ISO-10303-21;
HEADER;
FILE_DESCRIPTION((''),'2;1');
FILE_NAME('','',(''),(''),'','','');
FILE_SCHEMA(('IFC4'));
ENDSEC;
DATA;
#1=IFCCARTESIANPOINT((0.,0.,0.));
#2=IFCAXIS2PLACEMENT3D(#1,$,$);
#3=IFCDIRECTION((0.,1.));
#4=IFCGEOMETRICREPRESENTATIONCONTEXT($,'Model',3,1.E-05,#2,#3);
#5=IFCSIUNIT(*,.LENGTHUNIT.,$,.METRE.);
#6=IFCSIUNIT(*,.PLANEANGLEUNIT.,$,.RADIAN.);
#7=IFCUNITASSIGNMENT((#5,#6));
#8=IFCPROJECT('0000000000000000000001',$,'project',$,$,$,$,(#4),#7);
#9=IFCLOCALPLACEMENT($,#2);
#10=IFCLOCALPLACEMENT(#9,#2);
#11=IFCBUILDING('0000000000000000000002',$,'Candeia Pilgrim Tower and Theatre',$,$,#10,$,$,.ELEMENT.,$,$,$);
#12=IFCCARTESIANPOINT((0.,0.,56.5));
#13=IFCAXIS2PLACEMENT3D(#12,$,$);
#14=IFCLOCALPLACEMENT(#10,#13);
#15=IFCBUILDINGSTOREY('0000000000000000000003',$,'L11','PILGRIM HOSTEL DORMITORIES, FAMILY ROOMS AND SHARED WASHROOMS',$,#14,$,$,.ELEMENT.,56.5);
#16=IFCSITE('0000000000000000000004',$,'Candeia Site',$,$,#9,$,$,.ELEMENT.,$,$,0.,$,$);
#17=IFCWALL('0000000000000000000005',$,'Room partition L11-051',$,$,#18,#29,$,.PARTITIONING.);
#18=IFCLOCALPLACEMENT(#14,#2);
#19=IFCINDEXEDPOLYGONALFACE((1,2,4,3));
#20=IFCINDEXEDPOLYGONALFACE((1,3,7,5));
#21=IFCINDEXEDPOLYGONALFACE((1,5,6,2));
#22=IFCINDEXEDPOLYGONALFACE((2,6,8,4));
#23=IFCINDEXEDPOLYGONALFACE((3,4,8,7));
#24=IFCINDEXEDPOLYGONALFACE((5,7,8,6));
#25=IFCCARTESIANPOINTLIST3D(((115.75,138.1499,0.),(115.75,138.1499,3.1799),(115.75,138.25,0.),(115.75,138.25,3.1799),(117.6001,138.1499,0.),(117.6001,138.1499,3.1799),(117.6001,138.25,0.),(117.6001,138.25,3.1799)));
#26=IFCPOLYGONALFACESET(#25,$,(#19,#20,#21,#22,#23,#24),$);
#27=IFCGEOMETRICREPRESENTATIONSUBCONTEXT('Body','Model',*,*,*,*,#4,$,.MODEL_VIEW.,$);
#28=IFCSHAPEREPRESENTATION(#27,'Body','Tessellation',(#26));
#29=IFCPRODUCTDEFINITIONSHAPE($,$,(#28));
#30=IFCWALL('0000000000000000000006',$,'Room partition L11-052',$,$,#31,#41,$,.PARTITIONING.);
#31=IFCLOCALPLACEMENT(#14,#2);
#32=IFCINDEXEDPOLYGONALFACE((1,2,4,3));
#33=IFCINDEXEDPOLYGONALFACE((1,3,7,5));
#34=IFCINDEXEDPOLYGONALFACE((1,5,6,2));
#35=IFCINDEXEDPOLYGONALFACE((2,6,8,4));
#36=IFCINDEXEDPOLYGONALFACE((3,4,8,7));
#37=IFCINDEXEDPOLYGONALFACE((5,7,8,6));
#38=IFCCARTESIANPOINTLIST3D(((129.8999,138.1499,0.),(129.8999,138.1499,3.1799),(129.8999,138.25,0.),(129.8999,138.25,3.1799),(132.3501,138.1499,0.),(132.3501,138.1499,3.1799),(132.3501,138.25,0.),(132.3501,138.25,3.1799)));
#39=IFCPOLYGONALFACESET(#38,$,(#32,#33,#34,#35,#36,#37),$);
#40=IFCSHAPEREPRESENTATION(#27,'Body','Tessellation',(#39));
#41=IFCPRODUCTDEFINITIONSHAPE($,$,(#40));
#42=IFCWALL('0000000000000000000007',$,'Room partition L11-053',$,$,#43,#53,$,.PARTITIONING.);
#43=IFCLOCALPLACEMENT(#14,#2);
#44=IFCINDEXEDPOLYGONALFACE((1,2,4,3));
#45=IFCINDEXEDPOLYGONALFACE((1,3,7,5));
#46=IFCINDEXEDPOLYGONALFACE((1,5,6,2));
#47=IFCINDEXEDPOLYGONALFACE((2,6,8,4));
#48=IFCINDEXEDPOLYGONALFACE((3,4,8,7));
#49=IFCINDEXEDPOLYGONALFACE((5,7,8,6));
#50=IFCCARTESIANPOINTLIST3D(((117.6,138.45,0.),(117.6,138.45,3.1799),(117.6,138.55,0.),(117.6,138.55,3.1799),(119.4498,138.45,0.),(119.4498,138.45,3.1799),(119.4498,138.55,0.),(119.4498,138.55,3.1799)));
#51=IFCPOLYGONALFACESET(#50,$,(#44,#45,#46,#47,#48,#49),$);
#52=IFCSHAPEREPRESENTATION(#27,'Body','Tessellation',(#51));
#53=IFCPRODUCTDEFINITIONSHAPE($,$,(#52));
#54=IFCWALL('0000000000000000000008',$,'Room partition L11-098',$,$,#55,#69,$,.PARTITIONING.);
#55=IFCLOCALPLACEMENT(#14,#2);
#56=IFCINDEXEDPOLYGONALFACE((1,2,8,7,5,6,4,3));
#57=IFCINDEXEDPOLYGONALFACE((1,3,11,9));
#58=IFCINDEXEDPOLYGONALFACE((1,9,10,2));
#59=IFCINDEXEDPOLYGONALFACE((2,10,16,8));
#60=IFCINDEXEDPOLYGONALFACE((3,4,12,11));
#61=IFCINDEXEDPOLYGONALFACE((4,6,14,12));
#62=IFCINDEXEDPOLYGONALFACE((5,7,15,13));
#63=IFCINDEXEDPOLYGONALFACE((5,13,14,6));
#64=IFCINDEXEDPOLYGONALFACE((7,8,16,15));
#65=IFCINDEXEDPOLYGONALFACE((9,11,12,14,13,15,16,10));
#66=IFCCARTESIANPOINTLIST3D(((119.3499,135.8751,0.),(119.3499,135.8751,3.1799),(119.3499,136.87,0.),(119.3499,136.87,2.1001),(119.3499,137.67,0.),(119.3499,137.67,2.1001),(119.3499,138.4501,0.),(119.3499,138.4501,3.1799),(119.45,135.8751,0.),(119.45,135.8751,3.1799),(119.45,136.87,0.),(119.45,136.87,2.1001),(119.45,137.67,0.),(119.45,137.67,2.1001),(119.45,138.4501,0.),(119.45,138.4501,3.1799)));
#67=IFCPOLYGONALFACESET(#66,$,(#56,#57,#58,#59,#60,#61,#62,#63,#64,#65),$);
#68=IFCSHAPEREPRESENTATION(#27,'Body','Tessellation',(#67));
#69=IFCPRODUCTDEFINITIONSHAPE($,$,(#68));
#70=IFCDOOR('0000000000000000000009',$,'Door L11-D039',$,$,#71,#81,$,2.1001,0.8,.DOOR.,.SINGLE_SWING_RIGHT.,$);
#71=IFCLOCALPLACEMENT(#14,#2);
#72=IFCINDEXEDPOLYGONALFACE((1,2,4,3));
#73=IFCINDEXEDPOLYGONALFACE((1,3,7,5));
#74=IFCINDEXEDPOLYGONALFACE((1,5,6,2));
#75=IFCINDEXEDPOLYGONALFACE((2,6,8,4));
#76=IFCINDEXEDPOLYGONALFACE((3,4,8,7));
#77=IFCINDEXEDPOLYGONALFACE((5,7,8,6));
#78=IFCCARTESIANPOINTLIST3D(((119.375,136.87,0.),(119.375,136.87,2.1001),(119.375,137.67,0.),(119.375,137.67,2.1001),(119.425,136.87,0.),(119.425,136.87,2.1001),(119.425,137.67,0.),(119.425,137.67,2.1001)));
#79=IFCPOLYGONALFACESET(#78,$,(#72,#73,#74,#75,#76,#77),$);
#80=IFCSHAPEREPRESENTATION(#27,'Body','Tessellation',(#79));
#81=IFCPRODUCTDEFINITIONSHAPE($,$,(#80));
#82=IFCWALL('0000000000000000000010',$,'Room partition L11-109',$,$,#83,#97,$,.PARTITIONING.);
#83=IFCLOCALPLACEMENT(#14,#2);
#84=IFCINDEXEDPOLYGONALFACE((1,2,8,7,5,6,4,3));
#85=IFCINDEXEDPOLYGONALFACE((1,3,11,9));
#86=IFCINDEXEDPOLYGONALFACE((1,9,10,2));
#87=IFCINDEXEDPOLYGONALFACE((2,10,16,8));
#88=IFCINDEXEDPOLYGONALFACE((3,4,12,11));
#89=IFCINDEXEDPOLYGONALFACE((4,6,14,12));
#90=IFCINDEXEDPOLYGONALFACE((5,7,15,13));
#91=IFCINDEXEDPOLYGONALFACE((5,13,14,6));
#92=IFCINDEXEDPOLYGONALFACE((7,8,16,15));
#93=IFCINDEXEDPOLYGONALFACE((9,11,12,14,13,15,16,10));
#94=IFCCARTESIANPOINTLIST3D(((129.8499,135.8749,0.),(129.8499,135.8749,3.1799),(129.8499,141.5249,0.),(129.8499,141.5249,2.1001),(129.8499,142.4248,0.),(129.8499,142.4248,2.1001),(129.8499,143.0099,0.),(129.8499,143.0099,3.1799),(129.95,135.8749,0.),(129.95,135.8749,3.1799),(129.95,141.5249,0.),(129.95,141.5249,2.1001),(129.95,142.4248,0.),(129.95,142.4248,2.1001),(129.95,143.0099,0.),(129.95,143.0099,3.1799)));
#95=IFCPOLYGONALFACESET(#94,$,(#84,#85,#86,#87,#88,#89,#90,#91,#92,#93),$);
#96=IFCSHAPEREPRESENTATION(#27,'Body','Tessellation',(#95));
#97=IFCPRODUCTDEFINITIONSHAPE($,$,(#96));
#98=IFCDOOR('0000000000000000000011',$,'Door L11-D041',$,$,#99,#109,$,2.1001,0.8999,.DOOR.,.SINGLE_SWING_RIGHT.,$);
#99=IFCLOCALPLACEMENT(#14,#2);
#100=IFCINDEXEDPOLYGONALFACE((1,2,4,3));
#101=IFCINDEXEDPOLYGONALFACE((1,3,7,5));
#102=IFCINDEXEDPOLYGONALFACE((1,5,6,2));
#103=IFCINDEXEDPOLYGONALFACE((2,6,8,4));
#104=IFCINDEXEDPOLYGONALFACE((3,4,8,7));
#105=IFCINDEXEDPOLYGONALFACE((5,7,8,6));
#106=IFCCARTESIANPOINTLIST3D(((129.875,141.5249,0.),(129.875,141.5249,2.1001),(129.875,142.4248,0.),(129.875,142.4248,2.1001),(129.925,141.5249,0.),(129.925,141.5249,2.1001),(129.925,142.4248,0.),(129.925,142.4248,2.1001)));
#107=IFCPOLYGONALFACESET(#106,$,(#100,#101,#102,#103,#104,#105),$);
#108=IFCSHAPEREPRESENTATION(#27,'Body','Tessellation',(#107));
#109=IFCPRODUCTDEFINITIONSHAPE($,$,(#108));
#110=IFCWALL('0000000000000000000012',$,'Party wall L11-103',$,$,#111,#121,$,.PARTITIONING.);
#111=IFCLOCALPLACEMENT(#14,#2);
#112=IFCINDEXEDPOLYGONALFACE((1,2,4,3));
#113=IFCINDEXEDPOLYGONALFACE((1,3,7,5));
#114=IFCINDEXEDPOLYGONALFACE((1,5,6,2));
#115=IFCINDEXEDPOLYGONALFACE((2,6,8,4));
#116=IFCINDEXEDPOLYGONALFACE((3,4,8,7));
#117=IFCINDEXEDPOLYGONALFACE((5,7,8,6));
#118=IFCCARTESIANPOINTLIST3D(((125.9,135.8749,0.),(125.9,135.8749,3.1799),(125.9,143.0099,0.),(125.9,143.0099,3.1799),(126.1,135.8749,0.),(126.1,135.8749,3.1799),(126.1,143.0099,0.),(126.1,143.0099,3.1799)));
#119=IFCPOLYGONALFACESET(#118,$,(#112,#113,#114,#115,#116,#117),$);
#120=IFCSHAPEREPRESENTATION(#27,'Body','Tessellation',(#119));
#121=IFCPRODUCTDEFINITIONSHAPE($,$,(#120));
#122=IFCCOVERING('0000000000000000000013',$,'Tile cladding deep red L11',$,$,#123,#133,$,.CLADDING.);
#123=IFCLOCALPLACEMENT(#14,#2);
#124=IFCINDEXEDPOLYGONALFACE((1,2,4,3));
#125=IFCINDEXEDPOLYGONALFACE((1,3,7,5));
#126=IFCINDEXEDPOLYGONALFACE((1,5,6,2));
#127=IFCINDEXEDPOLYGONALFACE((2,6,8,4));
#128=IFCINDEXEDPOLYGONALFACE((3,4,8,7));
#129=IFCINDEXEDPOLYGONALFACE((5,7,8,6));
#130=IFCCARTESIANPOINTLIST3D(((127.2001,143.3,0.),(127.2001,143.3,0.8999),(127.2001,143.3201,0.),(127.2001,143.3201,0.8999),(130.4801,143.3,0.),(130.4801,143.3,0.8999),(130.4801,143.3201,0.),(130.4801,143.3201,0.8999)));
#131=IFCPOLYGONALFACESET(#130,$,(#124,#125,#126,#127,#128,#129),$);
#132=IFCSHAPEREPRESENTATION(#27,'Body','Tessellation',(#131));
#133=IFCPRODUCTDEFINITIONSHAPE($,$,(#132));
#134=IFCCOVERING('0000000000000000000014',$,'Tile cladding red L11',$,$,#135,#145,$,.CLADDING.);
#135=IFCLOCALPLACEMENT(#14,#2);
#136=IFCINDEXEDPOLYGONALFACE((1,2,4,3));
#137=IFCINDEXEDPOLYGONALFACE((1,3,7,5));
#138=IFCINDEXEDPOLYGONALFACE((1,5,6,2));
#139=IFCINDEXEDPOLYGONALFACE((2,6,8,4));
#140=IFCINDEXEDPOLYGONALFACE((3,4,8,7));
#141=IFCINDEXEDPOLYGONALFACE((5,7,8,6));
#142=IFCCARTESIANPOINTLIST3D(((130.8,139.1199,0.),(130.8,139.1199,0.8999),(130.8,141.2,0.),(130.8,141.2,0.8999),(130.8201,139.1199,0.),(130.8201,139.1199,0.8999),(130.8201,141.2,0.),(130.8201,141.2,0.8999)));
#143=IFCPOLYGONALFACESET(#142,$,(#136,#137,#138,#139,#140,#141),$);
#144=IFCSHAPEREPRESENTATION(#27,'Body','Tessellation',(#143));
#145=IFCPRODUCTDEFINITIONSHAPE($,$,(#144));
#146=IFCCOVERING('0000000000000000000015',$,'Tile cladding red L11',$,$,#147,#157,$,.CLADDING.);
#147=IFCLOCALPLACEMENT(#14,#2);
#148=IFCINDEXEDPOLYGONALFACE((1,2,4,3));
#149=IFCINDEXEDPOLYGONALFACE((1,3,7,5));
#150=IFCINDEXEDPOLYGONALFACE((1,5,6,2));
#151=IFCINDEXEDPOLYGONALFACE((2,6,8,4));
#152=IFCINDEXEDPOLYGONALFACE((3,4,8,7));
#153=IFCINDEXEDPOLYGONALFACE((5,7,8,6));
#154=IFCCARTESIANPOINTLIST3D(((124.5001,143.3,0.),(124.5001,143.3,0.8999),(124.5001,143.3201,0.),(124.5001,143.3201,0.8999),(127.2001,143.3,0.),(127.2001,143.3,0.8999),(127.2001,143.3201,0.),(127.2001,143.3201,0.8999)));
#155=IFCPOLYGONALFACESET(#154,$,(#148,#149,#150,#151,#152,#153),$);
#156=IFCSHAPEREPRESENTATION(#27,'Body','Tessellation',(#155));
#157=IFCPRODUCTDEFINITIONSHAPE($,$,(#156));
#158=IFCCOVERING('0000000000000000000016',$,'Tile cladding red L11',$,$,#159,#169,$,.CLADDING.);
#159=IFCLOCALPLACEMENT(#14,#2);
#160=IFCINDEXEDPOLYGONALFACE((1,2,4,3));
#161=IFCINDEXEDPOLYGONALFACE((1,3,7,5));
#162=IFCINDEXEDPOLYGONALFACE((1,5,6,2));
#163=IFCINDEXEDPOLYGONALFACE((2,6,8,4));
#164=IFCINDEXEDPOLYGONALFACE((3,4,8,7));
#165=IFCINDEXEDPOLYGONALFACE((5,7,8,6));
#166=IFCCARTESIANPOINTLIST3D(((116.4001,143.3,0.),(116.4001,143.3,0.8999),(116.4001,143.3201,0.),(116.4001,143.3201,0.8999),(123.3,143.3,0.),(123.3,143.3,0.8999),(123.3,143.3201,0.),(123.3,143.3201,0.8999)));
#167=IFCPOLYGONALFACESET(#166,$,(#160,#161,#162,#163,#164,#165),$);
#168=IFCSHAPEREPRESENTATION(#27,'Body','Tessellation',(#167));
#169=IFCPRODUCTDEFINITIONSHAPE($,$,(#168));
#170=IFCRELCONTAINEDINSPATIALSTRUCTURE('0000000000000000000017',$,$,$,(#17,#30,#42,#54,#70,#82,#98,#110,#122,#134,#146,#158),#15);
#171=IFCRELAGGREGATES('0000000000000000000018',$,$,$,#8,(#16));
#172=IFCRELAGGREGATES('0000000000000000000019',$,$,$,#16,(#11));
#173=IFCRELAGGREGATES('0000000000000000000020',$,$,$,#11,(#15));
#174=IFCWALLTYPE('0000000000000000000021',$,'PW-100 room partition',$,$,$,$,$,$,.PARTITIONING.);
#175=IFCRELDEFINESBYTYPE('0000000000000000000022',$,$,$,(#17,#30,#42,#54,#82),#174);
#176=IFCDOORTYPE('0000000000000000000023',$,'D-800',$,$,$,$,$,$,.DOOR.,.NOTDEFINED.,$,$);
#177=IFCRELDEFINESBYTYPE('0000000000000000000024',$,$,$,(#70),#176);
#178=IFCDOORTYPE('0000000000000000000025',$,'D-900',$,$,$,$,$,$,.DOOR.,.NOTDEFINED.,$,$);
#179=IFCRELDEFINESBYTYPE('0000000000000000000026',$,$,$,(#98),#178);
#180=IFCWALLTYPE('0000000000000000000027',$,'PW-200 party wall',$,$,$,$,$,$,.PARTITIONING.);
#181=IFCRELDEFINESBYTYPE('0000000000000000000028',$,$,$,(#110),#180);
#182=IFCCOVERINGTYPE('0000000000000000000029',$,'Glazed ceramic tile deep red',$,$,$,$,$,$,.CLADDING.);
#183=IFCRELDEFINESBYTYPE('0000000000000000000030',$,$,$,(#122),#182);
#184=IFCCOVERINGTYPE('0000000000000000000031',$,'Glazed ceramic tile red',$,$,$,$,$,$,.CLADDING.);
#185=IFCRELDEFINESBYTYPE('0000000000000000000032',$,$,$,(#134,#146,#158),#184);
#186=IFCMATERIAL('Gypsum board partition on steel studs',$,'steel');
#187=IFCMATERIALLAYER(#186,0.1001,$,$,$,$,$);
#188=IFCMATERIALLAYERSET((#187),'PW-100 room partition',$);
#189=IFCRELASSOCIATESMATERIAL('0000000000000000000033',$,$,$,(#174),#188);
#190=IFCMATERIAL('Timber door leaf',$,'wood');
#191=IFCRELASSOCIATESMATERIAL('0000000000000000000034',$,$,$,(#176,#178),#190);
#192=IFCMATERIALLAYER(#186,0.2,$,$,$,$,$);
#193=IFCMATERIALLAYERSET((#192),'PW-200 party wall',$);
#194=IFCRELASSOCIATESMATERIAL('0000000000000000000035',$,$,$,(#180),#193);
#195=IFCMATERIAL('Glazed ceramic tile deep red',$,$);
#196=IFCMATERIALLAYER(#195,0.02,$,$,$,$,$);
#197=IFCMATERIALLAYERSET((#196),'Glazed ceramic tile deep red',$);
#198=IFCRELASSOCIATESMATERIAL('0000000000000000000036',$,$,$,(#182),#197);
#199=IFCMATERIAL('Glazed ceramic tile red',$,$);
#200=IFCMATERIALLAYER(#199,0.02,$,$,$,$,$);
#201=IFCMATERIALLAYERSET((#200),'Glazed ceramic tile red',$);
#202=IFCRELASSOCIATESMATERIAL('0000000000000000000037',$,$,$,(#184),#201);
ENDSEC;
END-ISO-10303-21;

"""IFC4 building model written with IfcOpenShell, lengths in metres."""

from ifc_helpers import new_model, si_unit, direction, frame, frame_2d, origin, origin_2d, place, context, subcontext, project, spatial, rectangle, extrude, material, layer, layer_set, type_object, element, fill, save


model = new_model("IFC4")

# Units and contexts
model_context = context("Model", 3, precision=1e-05, world=origin(), true_north=direction((0.0, 1.0)))
body_context = subcontext(model_context, "Body", "Model", "MODEL_VIEW")
ifc_project = project(units=[si_unit("LENGTHUNIT", "METRE"), si_unit("PLANEANGLEUNIT", "RADIAN")], contexts=[model_context])

# Site, building, storey
site_placement = place(None, origin())
site = spatial("IfcSite", under=ifc_project, at=site_placement, Name="Candeia Site", CompositionType="ELEMENT", RefElevation=0.0)
building_placement = place(site_placement, origin())
building = spatial("IfcBuilding", under=site, at=building_placement, Name="Candeia Pilgrim Tower and Theatre", CompositionType="ELEMENT")
storey_placement = place(building_placement, frame((0.0, 0.0, 56.5)))
storey = spatial("IfcBuildingStorey", under=building, at=storey_placement, Name="L11", Description="PILGRIM HOSTEL DORMITORIES, FAMILY ROOMS AND SHARED WASHROOMS", CompositionType="ELEMENT", Elevation=56.5)

# Walls
ifc_material_1 = material(Name="Gypsum board partition on steel studs", Category="steel")
ifc_layer_1 = layer(ifc_material_1, 0.1001)
ifc_layer_set_1 = layer_set([ifc_layer_1], Name="PW-100 room partition")
wall_type_1 = type_object("IfcWallType", Name="PW-100 room partition", PredefinedType="PARTITIONING", material=ifc_layer_set_1)
wall_1_placement = place(storey_placement, frame((115.75, 138.2, 0.0), z_axis=(0.0, 0.0, 1.0), x_axis=(1.0, 0.0, 0.0)))
element("IfcWall", 1, at=wall_1_placement, inside=storey, type_object=wall_type_1, Name="Room partition L11-051", PredefinedType="PARTITIONING", context=body_context, shape_type="SweptSolid", body=[
    extrude(rectangle(XDim=1.8501, YDim=0.1001, at=frame_2d((0.925, 0.0))), origin(), (0.0, 0.0, 1.0), 3.1799),
])
wall_2_placement = place(storey_placement, frame((129.8999, 138.2, 0.0), z_axis=(0.0, 0.0, 1.0), x_axis=(1.0, 0.0, 0.0)))
element("IfcWall", 2, at=wall_2_placement, inside=storey, type_object=wall_type_1, Name="Room partition L11-052", PredefinedType="PARTITIONING", context=body_context, shape_type="SweptSolid", body=[
    extrude(rectangle(XDim=2.4502, YDim=0.1001, at=frame_2d((1.2251, 0.0))), origin(), (0.0, 0.0, 1.0), 3.1799),
])
wall_3_placement = place(storey_placement, frame((117.6001, 138.5, 0.0), z_axis=(0.0, 0.0, 1.0), x_axis=(1.0, 0.0, 0.0)))
element("IfcWall", 3, at=wall_3_placement, inside=storey, type_object=wall_type_1, Name="Room partition L11-053", PredefinedType="PARTITIONING", context=body_context, shape_type="SweptSolid", body=[
    extrude(rectangle(XDim=1.8499, YDim=0.1001, at=frame_2d((0.9248, 0.0))), origin(), (0.0, 0.0, 1.0), 3.1799),
])

# Walls, openings, doors
wall_4_placement = place(storey_placement, frame((119.3999, 135.875, 0.0), z_axis=(0.0, 0.0, 1.0), x_axis=(0.0, 1.0, 0.0)))
wall_4 = element("IfcWall", 4, at=wall_4_placement, inside=storey, type_object=wall_type_1, Name="Room partition L11-098", PredefinedType="PARTITIONING", context=body_context, shape_type="SweptSolid", body=[
    extrude(rectangle(XDim=2.575, YDim=0.1001, at=frame_2d((1.2876, 0.0))), origin(), (0.0, 0.0, 1.0), 3.1799),
])
opening_1_placement = place(wall_4_placement, frame((0.9951, 0.0, 0.0)))
opening_1 = element("IfcOpeningElement", 5, at=opening_1_placement, cuts=wall_4, PredefinedType="OPENING", context=body_context, shape_type="SweptSolid", body=[
    extrude(rectangle(XDim=0.8, YDim=2.1001, at=frame_2d((0.3999, 1.05))), frame((0.0, 0.0601, 0.0), z_axis=(0.0, -1.0, 0.0), x_axis=(1.0, 0.0, 0.0)), (0.0, 0.0, 1.0), 0.1201),
])
ifc_material_2 = material(Name="Timber door leaf", Category="wood")
door_type_1 = type_object("IfcDoorType", Name="D-800", OperationType="NOTDEFINED", PredefinedType="DOOR", material=ifc_material_2)
door_1_placement = place(opening_1_placement, origin())
door_1 = element("IfcDoor", 6, at=door_1_placement, inside=storey, type_object=door_type_1, Name="Door L11-D039", OperationType="SINGLE_SWING_RIGHT", OverallHeight=2.1001, OverallWidth=0.8, PredefinedType="DOOR", context=body_context, shape_type="SweptSolid", body=[
    extrude(rectangle(XDim=0.8, YDim=2.1001, at=frame_2d((0.3999, 1.05))), frame((0.0, 0.0249, 0.0), z_axis=(0.0, -1.0, 0.0), x_axis=(1.0, 0.0, 0.0)), (0.0, 0.0, 1.0), 0.05),
])
fill(opening_1, door_1)
wall_5_placement = place(storey_placement, frame((129.8999, 135.875, 0.0), z_axis=(0.0, 0.0, 1.0), x_axis=(0.0, 1.0, 0.0)))
wall_5 = element("IfcWall", 7, at=wall_5_placement, inside=storey, type_object=wall_type_1, Name="Room partition L11-109", PredefinedType="PARTITIONING", context=body_context, shape_type="SweptSolid", body=[
    extrude(rectangle(XDim=7.135, YDim=0.1001, at=frame_2d((3.5674, 0.0))), origin(), (0.0, 0.0, 1.0), 3.1799),
])
opening_2_placement = place(wall_5_placement, frame((5.6499, 0.0, 0.0)))
opening_2 = element("IfcOpeningElement", 8, at=opening_2_placement, cuts=wall_5, PredefinedType="OPENING", context=body_context, shape_type="SweptSolid", body=[
    extrude(rectangle(XDim=0.8999, YDim=2.1001, at=frame_2d((0.45, 1.05))), frame((0.0, 0.0601, 0.0), z_axis=(0.0, -1.0, 0.0), x_axis=(1.0, 0.0, 0.0)), (0.0, 0.0, 1.0), 0.1201),
])
door_type_2 = type_object("IfcDoorType", Name="D-900", OperationType="NOTDEFINED", PredefinedType="DOOR", material=ifc_material_2)
door_2_placement = place(opening_2_placement, origin())
door_2 = element("IfcDoor", 9, at=door_2_placement, inside=storey, type_object=door_type_2, Name="Door L11-D041", OperationType="SINGLE_SWING_RIGHT", OverallHeight=2.1001, OverallWidth=0.8999, PredefinedType="DOOR", context=body_context, shape_type="SweptSolid", body=[
    extrude(rectangle(XDim=0.8999, YDim=2.1001, at=frame_2d((0.45, 1.05))), frame((0.0, 0.0249, 0.0), z_axis=(0.0, -1.0, 0.0), x_axis=(1.0, 0.0, 0.0)), (0.0, 0.0, 1.0), 0.05),
])
fill(opening_2, door_2)

# Wall
ifc_layer_2 = layer(ifc_material_1, 0.2)
ifc_layer_set_2 = layer_set([ifc_layer_2], Name="PW-200 party wall")
wall_type_2 = type_object("IfcWallType", Name="PW-200 party wall", PredefinedType="PARTITIONING", material=ifc_layer_set_2)
wall_6_placement = place(storey_placement, frame((126.0, 135.875, 0.0), z_axis=(0.0, 0.0, 1.0), x_axis=(0.0, 1.0, 0.0)))
element("IfcWall", 10, at=wall_6_placement, inside=storey, type_object=wall_type_2, Name="Party wall L11-103", PredefinedType="PARTITIONING", context=body_context, shape_type="SweptSolid", body=[
    extrude(rectangle(XDim=7.135, YDim=0.2, at=frame_2d((3.5674, 0.0))), origin(), (0.0, 0.0, 1.0), 3.1799),
])

# Coverings
ifc_material_3 = material(Name="Glazed ceramic tile deep red")
ifc_layer_3 = layer(ifc_material_3, 0.02)
ifc_layer_set_3 = layer_set([ifc_layer_3], Name="Glazed ceramic tile deep red")
covering_type_1 = type_object("IfcCoveringType", Name="Glazed ceramic tile deep red", PredefinedType="CLADDING", material=ifc_layer_set_3)
covering_1_placement = place(storey_placement, frame((128.8401, 143.3101, 0.0), z_axis=(0.0, 0.0, 1.0), x_axis=(-1.0, 0.0, 0.0)))
element("IfcCovering", 11, at=covering_1_placement, inside=storey, type_object=covering_type_1, Name="Tile cladding deep red L11", PredefinedType="CLADDING", context=body_context, shape_type="SweptSolid", body=[
    extrude(rectangle(XDim=3.28, YDim=0.02, at=origin_2d()), origin(), (0.0, 0.0, 1.0), 0.8999),
])
ifc_material_4 = material(Name="Glazed ceramic tile red")
ifc_layer_4 = layer(ifc_material_4, 0.02)
ifc_layer_set_4 = layer_set([ifc_layer_4], Name="Glazed ceramic tile red")
covering_type_2 = type_object("IfcCoveringType", Name="Glazed ceramic tile red", PredefinedType="CLADDING", material=ifc_layer_set_4)
covering_2_placement = place(storey_placement, frame((130.8101, 140.1599, 0.0), z_axis=(0.0, 0.0, 1.0), x_axis=(0.0, 1.0, 0.0)))
element("IfcCovering", 12, at=covering_2_placement, inside=storey, type_object=covering_type_2, Name="Tile cladding red L11", PredefinedType="CLADDING", context=body_context, shape_type="SweptSolid", body=[
    extrude(rectangle(XDim=2.0801, YDim=0.02, at=origin_2d()), origin(), (0.0, 0.0, 1.0), 0.8999),
])
covering_3_placement = place(storey_placement, frame((125.8501, 143.3101, 0.0), z_axis=(0.0, 0.0, 1.0), x_axis=(-1.0, 0.0, 0.0)))
element("IfcCovering", 13, at=covering_3_placement, inside=storey, type_object=covering_type_2, Name="Tile cladding red L11", PredefinedType="CLADDING", context=body_context, shape_type="SweptSolid", body=[
    extrude(rectangle(XDim=2.7, YDim=0.02, at=origin_2d()), origin(), (0.0, 0.0, 1.0), 0.8999),
])
covering_4_placement = place(storey_placement, frame((119.8501, 143.3101, 0.0), z_axis=(0.0, 0.0, 1.0), x_axis=(-1.0, 0.0, 0.0)))
element("IfcCovering", 14, at=covering_4_placement, inside=storey, type_object=covering_type_2, Name="Tile cladding red L11", PredefinedType="CLADDING", context=body_context, shape_type="SweptSolid", body=[
    extrude(rectangle(XDim=6.8999, YDim=0.02, at=origin_2d()), origin(), (0.0, 0.0, 1.0), 0.8999),
])

save(model, "model.ifc")
